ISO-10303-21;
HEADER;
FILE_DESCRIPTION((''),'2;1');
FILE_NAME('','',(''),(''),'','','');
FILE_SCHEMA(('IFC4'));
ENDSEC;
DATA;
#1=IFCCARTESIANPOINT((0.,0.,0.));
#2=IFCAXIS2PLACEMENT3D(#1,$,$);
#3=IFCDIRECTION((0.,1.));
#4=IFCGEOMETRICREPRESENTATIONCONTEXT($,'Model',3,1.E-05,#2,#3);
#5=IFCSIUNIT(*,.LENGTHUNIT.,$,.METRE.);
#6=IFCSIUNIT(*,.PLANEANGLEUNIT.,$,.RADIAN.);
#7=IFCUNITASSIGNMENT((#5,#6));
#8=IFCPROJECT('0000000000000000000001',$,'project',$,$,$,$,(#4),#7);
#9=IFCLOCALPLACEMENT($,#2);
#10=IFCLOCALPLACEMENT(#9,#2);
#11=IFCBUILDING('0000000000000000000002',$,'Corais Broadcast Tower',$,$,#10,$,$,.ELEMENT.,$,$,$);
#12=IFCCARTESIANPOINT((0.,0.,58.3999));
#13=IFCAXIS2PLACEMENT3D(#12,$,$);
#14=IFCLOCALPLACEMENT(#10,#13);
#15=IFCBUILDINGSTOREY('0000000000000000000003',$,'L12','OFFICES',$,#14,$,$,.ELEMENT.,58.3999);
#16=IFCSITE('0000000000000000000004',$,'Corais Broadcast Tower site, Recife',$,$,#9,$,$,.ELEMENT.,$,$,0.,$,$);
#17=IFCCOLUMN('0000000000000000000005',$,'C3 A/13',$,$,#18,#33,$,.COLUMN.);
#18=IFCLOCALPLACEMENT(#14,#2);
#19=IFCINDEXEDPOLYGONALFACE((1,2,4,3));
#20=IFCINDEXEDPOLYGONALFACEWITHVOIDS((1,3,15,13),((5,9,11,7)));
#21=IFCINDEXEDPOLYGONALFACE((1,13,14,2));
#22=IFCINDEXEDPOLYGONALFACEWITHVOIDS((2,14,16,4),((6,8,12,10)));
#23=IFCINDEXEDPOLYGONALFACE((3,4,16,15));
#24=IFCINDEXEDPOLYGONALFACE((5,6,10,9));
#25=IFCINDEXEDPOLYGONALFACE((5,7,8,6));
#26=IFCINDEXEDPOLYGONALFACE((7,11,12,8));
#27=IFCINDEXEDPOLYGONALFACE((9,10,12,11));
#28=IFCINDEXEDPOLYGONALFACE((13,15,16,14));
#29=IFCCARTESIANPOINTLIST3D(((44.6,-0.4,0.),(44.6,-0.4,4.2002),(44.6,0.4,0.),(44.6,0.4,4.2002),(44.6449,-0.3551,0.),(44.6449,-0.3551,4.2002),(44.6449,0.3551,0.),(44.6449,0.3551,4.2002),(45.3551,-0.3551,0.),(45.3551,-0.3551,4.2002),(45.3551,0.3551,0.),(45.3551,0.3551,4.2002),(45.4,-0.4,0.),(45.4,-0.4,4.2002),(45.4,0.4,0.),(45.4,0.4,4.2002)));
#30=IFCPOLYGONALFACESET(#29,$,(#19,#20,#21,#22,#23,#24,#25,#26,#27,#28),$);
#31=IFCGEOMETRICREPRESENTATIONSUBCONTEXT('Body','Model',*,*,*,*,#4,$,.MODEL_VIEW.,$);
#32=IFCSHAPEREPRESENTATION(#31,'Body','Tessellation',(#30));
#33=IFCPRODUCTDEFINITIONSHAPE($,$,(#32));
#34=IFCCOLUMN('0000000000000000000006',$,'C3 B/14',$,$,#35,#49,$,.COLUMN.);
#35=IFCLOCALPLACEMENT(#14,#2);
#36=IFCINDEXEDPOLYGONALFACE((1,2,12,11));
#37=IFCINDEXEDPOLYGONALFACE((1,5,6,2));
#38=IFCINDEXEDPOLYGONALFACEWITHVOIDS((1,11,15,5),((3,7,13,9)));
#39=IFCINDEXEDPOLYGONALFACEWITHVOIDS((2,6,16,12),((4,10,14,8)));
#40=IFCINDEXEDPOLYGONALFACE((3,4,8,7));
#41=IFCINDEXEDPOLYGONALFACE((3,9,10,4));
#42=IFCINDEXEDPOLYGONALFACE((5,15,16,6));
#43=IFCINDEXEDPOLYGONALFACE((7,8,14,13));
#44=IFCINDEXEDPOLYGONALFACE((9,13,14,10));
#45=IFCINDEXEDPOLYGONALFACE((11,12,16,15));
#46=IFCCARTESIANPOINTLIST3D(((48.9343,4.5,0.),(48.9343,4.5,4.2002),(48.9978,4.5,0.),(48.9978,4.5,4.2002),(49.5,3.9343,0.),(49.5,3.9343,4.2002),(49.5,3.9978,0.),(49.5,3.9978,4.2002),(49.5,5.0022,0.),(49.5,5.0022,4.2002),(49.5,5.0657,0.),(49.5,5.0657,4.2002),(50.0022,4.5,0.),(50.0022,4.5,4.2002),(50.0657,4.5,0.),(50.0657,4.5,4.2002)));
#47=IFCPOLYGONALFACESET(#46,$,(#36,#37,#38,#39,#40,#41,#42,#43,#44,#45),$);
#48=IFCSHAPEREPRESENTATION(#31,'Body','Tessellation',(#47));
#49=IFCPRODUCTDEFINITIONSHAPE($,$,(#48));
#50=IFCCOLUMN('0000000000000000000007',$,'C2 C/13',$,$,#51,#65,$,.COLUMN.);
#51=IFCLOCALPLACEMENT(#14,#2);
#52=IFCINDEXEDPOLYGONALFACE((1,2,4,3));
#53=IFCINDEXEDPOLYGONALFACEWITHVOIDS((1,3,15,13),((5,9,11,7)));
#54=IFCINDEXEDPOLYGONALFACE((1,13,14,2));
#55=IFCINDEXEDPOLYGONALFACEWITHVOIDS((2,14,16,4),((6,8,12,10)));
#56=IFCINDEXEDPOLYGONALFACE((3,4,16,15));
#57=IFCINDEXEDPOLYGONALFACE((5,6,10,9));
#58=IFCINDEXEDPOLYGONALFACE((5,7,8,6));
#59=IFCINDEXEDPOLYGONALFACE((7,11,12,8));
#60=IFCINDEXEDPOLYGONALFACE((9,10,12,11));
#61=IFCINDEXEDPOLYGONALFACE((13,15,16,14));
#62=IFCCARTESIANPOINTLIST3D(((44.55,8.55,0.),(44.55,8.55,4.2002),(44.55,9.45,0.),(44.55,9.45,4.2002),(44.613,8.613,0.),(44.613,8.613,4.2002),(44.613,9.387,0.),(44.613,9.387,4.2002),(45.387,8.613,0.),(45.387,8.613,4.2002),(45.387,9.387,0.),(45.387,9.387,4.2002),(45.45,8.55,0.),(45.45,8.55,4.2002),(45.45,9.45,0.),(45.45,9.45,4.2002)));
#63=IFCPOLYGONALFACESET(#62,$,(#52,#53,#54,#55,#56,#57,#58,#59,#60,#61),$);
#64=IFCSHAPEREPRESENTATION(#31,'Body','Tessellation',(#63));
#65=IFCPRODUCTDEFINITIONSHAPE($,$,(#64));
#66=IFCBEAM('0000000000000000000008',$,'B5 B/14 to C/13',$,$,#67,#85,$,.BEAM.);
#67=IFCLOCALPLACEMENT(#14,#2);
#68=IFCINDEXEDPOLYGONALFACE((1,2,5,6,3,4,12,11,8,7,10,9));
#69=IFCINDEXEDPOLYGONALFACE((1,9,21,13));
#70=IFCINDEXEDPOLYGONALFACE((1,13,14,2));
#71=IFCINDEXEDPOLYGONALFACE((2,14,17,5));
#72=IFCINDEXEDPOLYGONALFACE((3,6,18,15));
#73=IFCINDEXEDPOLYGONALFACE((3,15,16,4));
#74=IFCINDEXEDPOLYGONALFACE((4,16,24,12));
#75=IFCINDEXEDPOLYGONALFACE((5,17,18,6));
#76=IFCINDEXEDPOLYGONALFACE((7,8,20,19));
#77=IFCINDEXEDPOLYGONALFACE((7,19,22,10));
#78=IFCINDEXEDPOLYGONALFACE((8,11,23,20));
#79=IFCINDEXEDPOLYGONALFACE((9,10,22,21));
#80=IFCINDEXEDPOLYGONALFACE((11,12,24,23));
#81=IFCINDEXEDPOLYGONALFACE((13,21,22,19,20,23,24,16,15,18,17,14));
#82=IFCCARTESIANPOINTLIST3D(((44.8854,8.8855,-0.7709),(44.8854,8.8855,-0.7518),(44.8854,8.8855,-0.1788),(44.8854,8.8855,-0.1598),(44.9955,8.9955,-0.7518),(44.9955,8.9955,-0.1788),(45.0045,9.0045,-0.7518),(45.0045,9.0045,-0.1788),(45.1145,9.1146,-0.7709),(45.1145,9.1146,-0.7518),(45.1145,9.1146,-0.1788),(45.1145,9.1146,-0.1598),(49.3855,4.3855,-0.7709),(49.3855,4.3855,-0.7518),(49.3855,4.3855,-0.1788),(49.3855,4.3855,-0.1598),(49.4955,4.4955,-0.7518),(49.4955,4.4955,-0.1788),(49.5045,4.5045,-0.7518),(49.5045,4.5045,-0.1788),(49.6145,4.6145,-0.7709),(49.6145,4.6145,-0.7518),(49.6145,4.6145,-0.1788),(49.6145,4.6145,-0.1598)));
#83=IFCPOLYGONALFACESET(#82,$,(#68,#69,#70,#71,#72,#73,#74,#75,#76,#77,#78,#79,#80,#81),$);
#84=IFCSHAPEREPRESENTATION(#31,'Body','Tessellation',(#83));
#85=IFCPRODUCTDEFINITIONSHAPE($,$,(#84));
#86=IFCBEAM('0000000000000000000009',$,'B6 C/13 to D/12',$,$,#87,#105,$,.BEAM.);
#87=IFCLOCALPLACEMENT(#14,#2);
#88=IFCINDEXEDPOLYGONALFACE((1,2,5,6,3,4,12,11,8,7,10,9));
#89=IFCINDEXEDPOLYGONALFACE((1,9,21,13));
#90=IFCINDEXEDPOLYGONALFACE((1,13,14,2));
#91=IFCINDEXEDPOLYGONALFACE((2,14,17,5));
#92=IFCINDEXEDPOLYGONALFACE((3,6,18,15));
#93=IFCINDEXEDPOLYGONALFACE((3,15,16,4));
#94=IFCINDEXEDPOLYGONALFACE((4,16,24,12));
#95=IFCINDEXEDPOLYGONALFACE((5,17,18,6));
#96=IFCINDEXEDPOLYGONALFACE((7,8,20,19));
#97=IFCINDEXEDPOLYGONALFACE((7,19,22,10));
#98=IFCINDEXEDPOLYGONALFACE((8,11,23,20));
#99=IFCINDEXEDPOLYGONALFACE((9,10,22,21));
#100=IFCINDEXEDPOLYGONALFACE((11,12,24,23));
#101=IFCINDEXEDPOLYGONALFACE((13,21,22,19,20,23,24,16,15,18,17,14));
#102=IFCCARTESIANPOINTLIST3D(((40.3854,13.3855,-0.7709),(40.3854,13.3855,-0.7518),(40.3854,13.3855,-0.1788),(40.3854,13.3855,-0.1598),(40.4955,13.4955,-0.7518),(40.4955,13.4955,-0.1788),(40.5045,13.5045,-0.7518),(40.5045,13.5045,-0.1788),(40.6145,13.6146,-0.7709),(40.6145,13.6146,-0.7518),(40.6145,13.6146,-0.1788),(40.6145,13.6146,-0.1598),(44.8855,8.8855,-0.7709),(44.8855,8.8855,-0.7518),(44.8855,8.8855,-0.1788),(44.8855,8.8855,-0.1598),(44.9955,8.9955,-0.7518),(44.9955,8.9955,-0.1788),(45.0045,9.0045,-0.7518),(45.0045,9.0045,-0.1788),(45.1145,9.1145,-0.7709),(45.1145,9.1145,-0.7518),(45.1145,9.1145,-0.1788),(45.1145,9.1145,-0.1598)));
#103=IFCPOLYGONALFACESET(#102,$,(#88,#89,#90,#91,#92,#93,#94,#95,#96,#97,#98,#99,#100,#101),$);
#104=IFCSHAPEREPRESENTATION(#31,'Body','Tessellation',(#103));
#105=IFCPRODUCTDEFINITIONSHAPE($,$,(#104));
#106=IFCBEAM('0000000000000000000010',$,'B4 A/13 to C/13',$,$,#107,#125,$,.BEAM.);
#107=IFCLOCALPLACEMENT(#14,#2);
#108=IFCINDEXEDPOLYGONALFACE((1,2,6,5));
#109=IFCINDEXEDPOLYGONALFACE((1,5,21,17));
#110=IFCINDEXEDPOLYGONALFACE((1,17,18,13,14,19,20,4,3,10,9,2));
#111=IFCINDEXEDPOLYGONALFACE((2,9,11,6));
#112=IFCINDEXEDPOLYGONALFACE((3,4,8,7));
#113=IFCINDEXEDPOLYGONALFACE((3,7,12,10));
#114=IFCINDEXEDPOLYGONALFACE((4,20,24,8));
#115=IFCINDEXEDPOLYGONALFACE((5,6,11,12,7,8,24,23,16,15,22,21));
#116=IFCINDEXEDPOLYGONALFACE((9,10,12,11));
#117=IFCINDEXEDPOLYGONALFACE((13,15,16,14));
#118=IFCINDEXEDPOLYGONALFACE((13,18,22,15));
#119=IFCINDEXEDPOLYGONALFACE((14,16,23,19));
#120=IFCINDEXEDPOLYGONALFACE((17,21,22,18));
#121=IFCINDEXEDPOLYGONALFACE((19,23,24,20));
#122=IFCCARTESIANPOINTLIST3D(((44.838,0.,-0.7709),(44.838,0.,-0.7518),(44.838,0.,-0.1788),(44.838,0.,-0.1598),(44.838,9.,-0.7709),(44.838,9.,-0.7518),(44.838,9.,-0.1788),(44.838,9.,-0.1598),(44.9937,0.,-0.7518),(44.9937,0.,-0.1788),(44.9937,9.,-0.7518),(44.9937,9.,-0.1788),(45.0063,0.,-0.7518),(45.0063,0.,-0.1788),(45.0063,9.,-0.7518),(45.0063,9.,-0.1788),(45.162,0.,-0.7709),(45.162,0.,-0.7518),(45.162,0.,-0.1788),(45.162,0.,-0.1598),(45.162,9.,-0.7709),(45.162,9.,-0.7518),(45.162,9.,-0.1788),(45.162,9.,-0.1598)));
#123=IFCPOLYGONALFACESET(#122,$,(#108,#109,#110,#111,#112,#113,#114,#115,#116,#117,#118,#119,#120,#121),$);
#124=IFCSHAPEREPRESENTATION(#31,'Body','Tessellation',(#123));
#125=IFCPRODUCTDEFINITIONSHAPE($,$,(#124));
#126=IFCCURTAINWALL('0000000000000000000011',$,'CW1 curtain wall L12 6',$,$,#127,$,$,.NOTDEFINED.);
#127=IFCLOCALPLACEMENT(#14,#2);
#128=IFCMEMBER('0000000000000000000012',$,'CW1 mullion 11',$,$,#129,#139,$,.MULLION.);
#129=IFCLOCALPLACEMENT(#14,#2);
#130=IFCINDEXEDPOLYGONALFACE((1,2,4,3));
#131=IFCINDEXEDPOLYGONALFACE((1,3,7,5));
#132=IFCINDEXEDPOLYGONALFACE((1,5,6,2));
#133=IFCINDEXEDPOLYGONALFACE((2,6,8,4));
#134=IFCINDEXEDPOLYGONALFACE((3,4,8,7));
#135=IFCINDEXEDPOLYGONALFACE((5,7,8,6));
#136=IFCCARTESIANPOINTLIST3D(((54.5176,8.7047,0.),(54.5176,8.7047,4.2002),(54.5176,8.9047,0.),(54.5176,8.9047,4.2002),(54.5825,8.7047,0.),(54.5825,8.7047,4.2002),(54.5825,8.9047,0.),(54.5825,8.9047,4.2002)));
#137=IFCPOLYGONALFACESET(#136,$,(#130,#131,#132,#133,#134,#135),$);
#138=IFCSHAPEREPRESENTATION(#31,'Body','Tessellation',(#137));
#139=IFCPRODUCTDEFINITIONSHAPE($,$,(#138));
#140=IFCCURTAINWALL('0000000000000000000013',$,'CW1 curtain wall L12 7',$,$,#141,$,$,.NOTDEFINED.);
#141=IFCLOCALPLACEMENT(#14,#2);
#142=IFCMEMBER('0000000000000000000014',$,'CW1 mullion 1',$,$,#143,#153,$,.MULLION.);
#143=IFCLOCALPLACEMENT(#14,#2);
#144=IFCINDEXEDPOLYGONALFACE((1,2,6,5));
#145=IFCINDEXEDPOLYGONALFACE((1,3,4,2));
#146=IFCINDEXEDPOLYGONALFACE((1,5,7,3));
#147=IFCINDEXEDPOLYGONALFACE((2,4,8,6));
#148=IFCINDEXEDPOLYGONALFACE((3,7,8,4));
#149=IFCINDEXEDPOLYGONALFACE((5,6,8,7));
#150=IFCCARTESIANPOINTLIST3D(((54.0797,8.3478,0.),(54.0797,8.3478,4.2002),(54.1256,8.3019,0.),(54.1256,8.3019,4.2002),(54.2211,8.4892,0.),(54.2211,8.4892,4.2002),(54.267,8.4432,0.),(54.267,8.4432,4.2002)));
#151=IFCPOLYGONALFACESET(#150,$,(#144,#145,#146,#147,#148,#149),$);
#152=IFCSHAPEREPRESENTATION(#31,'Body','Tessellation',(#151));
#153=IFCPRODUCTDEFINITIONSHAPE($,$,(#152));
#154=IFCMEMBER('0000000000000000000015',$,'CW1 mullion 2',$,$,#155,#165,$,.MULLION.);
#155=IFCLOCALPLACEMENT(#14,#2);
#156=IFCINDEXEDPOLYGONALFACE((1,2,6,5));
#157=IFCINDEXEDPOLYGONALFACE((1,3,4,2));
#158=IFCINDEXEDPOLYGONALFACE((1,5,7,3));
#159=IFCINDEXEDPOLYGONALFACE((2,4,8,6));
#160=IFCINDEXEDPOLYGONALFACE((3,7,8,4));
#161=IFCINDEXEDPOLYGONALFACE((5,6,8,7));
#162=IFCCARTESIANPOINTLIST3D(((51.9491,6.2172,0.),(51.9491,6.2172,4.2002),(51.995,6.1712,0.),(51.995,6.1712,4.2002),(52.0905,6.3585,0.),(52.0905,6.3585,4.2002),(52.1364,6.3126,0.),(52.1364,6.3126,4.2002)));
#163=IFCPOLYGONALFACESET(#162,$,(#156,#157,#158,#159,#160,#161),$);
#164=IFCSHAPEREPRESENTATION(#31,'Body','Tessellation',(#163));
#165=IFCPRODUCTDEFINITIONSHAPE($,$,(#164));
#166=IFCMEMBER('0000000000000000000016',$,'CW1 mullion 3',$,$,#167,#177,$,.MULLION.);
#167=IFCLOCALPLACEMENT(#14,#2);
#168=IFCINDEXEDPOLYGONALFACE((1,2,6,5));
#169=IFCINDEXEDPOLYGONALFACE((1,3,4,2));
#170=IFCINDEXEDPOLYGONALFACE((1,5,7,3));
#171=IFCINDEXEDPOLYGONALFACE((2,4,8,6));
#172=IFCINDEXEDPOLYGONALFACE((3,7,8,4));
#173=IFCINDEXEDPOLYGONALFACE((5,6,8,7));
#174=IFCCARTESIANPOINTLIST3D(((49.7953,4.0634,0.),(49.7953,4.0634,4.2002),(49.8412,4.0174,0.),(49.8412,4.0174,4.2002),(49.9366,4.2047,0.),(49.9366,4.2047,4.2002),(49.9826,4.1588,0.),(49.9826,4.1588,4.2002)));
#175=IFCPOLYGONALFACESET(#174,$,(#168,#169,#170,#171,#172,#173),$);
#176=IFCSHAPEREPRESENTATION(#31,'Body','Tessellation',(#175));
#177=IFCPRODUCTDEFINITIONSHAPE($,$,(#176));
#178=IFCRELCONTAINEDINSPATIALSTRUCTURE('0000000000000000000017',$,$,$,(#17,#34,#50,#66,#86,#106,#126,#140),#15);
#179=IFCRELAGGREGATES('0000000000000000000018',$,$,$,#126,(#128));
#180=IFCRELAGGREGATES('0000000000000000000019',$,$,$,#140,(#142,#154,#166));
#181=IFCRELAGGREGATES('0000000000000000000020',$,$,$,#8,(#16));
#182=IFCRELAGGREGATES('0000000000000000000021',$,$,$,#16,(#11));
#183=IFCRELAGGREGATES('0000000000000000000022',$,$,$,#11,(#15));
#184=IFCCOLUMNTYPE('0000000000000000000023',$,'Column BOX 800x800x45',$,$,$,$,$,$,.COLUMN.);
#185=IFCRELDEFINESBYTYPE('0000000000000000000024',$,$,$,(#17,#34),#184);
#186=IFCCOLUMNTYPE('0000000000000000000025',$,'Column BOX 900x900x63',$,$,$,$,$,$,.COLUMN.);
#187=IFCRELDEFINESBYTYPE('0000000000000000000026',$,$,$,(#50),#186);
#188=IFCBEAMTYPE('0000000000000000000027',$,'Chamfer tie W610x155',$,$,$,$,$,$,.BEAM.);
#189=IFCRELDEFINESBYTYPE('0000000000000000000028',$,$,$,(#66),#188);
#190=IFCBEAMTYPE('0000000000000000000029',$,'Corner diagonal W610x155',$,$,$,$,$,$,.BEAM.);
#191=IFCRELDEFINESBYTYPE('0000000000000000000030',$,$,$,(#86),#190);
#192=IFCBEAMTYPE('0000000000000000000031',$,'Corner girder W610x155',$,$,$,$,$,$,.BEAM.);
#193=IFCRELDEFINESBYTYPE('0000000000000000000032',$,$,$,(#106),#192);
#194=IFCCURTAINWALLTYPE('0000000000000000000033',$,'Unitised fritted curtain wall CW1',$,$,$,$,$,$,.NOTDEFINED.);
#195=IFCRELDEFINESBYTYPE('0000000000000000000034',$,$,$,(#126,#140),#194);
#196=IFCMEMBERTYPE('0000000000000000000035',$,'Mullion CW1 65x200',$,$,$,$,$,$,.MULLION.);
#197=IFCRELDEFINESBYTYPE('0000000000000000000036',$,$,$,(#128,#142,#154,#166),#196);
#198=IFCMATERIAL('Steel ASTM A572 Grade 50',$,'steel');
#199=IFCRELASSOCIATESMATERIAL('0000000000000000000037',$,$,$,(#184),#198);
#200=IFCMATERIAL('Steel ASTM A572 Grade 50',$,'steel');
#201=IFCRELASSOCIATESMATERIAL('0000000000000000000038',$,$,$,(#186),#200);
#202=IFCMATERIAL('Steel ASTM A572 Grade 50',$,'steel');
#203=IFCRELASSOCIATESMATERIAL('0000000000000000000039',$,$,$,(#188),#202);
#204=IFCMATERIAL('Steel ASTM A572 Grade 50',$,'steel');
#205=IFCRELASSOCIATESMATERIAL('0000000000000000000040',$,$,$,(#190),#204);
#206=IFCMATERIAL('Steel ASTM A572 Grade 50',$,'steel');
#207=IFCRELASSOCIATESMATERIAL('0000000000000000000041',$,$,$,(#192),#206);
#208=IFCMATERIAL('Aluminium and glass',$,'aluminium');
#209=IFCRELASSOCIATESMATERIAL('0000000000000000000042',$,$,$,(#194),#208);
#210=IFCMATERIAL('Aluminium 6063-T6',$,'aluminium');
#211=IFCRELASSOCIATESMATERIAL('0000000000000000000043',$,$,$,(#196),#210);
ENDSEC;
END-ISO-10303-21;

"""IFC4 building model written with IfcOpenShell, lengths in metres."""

from ifc_helpers import new_model, si_unit, direction, frame, origin, origin_2d, place, context, subcontext, project, spatial, rectangle, hollow_rectangle, i_section, extrude, material, material_profile, profile_set, type_object, element, aggregate, save


model = new_model("IFC4")

# Units and contexts
model_context = context("Model", 3, precision=1e-05, world=origin(), true_north=direction((0.0, 1.0)))
body_context = subcontext(model_context, "Body", "Model", "MODEL_VIEW")
ifc_project = project(units=[si_unit("LENGTHUNIT", "METRE"), si_unit("PLANEANGLEUNIT", "RADIAN")], contexts=[model_context])

# Site, building, storey
site_placement = place(None, origin())
site = spatial("IfcSite", under=ifc_project, at=site_placement, Name="Corais Broadcast Tower site, Recife", CompositionType="ELEMENT", RefElevation=0.0)
building_placement = place(site_placement, origin())
building = spatial("IfcBuilding", under=site, at=building_placement, Name="Corais Broadcast Tower", CompositionType="ELEMENT")
storey_placement = place(building_placement, frame((0.0, 0.0, 58.3999)))
storey = spatial("IfcBuildingStorey", under=building, at=storey_placement, Name="L12", Description="OFFICES", CompositionType="ELEMENT", Elevation=58.3999)

# Columns
ifc_material_1 = material(Name="Steel ASTM A572 Grade 50", Category="steel")
ifc_material_profile_1 = material_profile(ifc_material_1, hollow_rectangle(XDim=0.8, YDim=0.8, WallThickness=0.0449, at=origin_2d()), Name="BOX 800x800x45")
ifc_profile_set_1 = profile_set([ifc_material_profile_1], Name="Steel ASTM A572 Grade 50")
column_type_1 = type_object("IfcColumnType", Name="Column BOX 800x800x45", PredefinedType="COLUMN", material=ifc_profile_set_1)
for number, where, z_axis, x_axis, name in (
    (1, (45.0, 0.0, 0.0), (0.0, 0.0, 1.0), (1.0, 0.0, 0.0), "C3 A/13"),
    (2, (49.5, 4.5, 0.0), (0.0, 0.0, 1.0), (0.707107, 0.707107, 0.0), "C3 B/14"),
):
    element("IfcColumn", number, at=place(storey_placement, frame(where, z_axis=z_axis, x_axis=x_axis)), inside=storey, type_object=column_type_1, Name=name, PredefinedType="COLUMN", context=body_context, shape_type="SweptSolid", body=[
        extrude(hollow_rectangle(XDim=0.8, YDim=0.8, WallThickness=0.0449, at=origin_2d()), origin(), (0.0, 0.0, 1.0), 4.2002),
    ])
ifc_material_2 = material(Name="Steel ASTM A572 Grade 50", Category="steel")
ifc_material_profile_2 = material_profile(ifc_material_2, hollow_rectangle(XDim=0.8999, YDim=0.8999, WallThickness=0.063, at=origin_2d()), Name="BOX 900x900x63")
ifc_profile_set_2 = profile_set([ifc_material_profile_2], Name="Steel ASTM A572 Grade 50")
column_type_2 = type_object("IfcColumnType", Name="Column BOX 900x900x63", PredefinedType="COLUMN", material=ifc_profile_set_2)
column_placement = place(storey_placement, frame((45.0, 9.0, 0.0), z_axis=(0.0, 0.0, 1.0), x_axis=(1.0, 0.0, 0.0)))
element("IfcColumn", 3, at=column_placement, inside=storey, type_object=column_type_2, Name="C2 C/13", PredefinedType="COLUMN", context=body_context, shape_type="SweptSolid", body=[
    extrude(hollow_rectangle(XDim=0.8999, YDim=0.8999, WallThickness=0.063, at=origin_2d()), origin(), (0.0, 0.0, 1.0), 4.2002),
])

# Beams
ifc_material_3 = material(Name="Steel ASTM A572 Grade 50", Category="steel")
ifc_material_profile_3 = material_profile(ifc_material_3, i_section(OverallWidth=0.324, OverallDepth=0.6111, WebThickness=0.0127, FlangeThickness=0.019, at=origin_2d()), Name="W610x155")
ifc_profile_set_3 = profile_set([ifc_material_profile_3], Name="Steel ASTM A572 Grade 50")
beam_type_1 = type_object("IfcBeamType", Name="Chamfer tie W610x155", PredefinedType="BEAM", material=ifc_profile_set_3)
beam_1_placement = place(storey_placement, frame((49.5, 4.5, -0.4653), z_axis=(-0.707107, 0.707107, 0.0), x_axis=(-0.707107, -0.707107, 0.0)))
element("IfcBeam", 4, at=beam_1_placement, inside=storey, type_object=beam_type_1, Name="B5 B/14 to C/13", PredefinedType="BEAM", context=body_context, shape_type="SweptSolid", body=[
    extrude(i_section(OverallWidth=0.324, OverallDepth=0.6111, WebThickness=0.0127, FlangeThickness=0.019, at=origin_2d()), origin(), (0.0, 0.0, 1.0), 6.364),
])
ifc_material_4 = material(Name="Steel ASTM A572 Grade 50", Category="steel")
ifc_material_profile_4 = material_profile(ifc_material_4, i_section(OverallWidth=0.324, OverallDepth=0.6111, WebThickness=0.0127, FlangeThickness=0.019, at=origin_2d()), Name="W610x155")
ifc_profile_set_4 = profile_set([ifc_material_profile_4], Name="Steel ASTM A572 Grade 50")
beam_type_2 = type_object("IfcBeamType", Name="Corner diagonal W610x155", PredefinedType="BEAM", material=ifc_profile_set_4)
beam_2_placement = place(storey_placement, frame((45.0, 9.0, -0.4653), z_axis=(-0.707107, 0.707107, 0.0), x_axis=(-0.707107, -0.707107, 0.0)))
element("IfcBeam", 5, at=beam_2_placement, inside=storey, type_object=beam_type_2, Name="B6 C/13 to D/12", PredefinedType="BEAM", context=body_context, shape_type="SweptSolid", body=[
    extrude(i_section(OverallWidth=0.324, OverallDepth=0.6111, WebThickness=0.0127, FlangeThickness=0.019, at=origin_2d()), origin(), (0.0, 0.0, 1.0), 6.364),
])
ifc_material_5 = material(Name="Steel ASTM A572 Grade 50", Category="steel")
ifc_material_profile_5 = material_profile(ifc_material_5, i_section(OverallWidth=0.324, OverallDepth=0.6111, WebThickness=0.0127, FlangeThickness=0.019, at=origin_2d()), Name="W610x155")
ifc_profile_set_5 = profile_set([ifc_material_profile_5], Name="Steel ASTM A572 Grade 50")
beam_type_3 = type_object("IfcBeamType", Name="Corner girder W610x155", PredefinedType="BEAM", material=ifc_profile_set_5)
beam_3_placement = place(storey_placement, frame((45.0, 0.0, -0.4653), z_axis=(0.0, 1.0, 0.0), x_axis=(-1.0, 0.0, 0.0)))
element("IfcBeam", 6, at=beam_3_placement, inside=storey, type_object=beam_type_3, Name="B4 A/13 to C/13", PredefinedType="BEAM", context=body_context, shape_type="SweptSolid", body=[
    extrude(i_section(OverallWidth=0.324, OverallDepth=0.6111, WebThickness=0.0127, FlangeThickness=0.019, at=origin_2d()), origin(), (0.0, 0.0, 1.0), 9.0),
])

# Curtain wall, member
ifc_material_6 = material(Name="Aluminium and glass", Category="aluminium")
curtain_wall_type = type_object("IfcCurtainWallType", Name="Unitised fritted curtain wall CW1", PredefinedType="NOTDEFINED", material=ifc_material_6)
curtain_wall_1_placement = place(storey_placement, origin())
curtain_wall_1 = element("IfcCurtainWall", 7, at=curtain_wall_1_placement, inside=storey, type_object=curtain_wall_type, Name="CW1 curtain wall L12 6", PredefinedType="NOTDEFINED")
ifc_material_7 = material(Name="Aluminium 6063-T6", Category="aluminium")
ifc_material_profile_6 = material_profile(ifc_material_7, rectangle(XDim=0.0649, YDim=0.2, at=origin_2d()), Name="Mullion CW1 65x200")
ifc_profile_set_6 = profile_set([ifc_material_profile_6], Name="Aluminium 6063-T6")
member_type_1 = type_object("IfcMemberType", Name="Mullion CW1 65x200", PredefinedType="MULLION", material=ifc_profile_set_6)
member_1_placement = place(storey_placement, frame((54.55, 8.8047, 0.0), z_axis=(0.0, 0.0, 1.0), x_axis=(1.0, 0.0, 0.0)))
member_1 = element("IfcMember", 8, at=member_1_placement, type_object=member_type_1, Name="CW1 mullion 11", PredefinedType="MULLION", context=body_context, shape_type="SweptSolid", body=[
    extrude(rectangle(XDim=0.0649, YDim=0.2, at=origin_2d()), origin(), (0.0, 0.0, 1.0), 4.2002),
])
aggregate(curtain_wall_1, [member_1])

# Curtain wall, members
curtain_wall_2_placement = place(storey_placement, origin())
curtain_wall_2 = element("IfcCurtainWall", 9, at=curtain_wall_2_placement, inside=storey, type_object=curtain_wall_type, Name="CW1 curtain wall L12 7", PredefinedType="NOTDEFINED")
member_2_placement = place(storey_placement, frame((54.1733, 8.3955, 0.0), z_axis=(0.0, 0.0, 1.0), x_axis=(0.707107, -0.707107, 0.0)))
member_2 = element("IfcMember", 10, at=member_2_placement, type_object=member_type_1, Name="CW1 mullion 1", PredefinedType="MULLION", context=body_context, shape_type="SweptSolid", body=[
    extrude(rectangle(XDim=0.0649, YDim=0.2, at=origin_2d()), origin(), (0.0, 0.0, 1.0), 4.2002),
])
member_3_placement = place(storey_placement, frame((52.0427, 6.2649, 0.0), z_axis=(0.0, 0.0, 1.0), x_axis=(0.707107, -0.707107, 0.0)))
member_3 = element("IfcMember", 11, at=member_3_placement, type_object=member_type_1, Name="CW1 mullion 2", PredefinedType="MULLION", context=body_context, shape_type="SweptSolid", body=[
    extrude(rectangle(XDim=0.0649, YDim=0.2, at=origin_2d()), origin(), (0.0, 0.0, 1.0), 4.2002),
])
member_4_placement = place(storey_placement, frame((49.8889, 4.1111, 0.0), z_axis=(0.0, 0.0, 1.0), x_axis=(0.707107, -0.707107, 0.0)))
member_4 = element("IfcMember", 12, at=member_4_placement, type_object=member_type_1, Name="CW1 mullion 3", PredefinedType="MULLION", context=body_context, shape_type="SweptSolid", body=[
    extrude(rectangle(XDim=0.0649, YDim=0.2, at=origin_2d()), origin(), (0.0, 0.0, 1.0), 4.2002),
])

aggregate(curtain_wall_2, [member_2, member_3, member_4])

save(model, "model.ifc")
